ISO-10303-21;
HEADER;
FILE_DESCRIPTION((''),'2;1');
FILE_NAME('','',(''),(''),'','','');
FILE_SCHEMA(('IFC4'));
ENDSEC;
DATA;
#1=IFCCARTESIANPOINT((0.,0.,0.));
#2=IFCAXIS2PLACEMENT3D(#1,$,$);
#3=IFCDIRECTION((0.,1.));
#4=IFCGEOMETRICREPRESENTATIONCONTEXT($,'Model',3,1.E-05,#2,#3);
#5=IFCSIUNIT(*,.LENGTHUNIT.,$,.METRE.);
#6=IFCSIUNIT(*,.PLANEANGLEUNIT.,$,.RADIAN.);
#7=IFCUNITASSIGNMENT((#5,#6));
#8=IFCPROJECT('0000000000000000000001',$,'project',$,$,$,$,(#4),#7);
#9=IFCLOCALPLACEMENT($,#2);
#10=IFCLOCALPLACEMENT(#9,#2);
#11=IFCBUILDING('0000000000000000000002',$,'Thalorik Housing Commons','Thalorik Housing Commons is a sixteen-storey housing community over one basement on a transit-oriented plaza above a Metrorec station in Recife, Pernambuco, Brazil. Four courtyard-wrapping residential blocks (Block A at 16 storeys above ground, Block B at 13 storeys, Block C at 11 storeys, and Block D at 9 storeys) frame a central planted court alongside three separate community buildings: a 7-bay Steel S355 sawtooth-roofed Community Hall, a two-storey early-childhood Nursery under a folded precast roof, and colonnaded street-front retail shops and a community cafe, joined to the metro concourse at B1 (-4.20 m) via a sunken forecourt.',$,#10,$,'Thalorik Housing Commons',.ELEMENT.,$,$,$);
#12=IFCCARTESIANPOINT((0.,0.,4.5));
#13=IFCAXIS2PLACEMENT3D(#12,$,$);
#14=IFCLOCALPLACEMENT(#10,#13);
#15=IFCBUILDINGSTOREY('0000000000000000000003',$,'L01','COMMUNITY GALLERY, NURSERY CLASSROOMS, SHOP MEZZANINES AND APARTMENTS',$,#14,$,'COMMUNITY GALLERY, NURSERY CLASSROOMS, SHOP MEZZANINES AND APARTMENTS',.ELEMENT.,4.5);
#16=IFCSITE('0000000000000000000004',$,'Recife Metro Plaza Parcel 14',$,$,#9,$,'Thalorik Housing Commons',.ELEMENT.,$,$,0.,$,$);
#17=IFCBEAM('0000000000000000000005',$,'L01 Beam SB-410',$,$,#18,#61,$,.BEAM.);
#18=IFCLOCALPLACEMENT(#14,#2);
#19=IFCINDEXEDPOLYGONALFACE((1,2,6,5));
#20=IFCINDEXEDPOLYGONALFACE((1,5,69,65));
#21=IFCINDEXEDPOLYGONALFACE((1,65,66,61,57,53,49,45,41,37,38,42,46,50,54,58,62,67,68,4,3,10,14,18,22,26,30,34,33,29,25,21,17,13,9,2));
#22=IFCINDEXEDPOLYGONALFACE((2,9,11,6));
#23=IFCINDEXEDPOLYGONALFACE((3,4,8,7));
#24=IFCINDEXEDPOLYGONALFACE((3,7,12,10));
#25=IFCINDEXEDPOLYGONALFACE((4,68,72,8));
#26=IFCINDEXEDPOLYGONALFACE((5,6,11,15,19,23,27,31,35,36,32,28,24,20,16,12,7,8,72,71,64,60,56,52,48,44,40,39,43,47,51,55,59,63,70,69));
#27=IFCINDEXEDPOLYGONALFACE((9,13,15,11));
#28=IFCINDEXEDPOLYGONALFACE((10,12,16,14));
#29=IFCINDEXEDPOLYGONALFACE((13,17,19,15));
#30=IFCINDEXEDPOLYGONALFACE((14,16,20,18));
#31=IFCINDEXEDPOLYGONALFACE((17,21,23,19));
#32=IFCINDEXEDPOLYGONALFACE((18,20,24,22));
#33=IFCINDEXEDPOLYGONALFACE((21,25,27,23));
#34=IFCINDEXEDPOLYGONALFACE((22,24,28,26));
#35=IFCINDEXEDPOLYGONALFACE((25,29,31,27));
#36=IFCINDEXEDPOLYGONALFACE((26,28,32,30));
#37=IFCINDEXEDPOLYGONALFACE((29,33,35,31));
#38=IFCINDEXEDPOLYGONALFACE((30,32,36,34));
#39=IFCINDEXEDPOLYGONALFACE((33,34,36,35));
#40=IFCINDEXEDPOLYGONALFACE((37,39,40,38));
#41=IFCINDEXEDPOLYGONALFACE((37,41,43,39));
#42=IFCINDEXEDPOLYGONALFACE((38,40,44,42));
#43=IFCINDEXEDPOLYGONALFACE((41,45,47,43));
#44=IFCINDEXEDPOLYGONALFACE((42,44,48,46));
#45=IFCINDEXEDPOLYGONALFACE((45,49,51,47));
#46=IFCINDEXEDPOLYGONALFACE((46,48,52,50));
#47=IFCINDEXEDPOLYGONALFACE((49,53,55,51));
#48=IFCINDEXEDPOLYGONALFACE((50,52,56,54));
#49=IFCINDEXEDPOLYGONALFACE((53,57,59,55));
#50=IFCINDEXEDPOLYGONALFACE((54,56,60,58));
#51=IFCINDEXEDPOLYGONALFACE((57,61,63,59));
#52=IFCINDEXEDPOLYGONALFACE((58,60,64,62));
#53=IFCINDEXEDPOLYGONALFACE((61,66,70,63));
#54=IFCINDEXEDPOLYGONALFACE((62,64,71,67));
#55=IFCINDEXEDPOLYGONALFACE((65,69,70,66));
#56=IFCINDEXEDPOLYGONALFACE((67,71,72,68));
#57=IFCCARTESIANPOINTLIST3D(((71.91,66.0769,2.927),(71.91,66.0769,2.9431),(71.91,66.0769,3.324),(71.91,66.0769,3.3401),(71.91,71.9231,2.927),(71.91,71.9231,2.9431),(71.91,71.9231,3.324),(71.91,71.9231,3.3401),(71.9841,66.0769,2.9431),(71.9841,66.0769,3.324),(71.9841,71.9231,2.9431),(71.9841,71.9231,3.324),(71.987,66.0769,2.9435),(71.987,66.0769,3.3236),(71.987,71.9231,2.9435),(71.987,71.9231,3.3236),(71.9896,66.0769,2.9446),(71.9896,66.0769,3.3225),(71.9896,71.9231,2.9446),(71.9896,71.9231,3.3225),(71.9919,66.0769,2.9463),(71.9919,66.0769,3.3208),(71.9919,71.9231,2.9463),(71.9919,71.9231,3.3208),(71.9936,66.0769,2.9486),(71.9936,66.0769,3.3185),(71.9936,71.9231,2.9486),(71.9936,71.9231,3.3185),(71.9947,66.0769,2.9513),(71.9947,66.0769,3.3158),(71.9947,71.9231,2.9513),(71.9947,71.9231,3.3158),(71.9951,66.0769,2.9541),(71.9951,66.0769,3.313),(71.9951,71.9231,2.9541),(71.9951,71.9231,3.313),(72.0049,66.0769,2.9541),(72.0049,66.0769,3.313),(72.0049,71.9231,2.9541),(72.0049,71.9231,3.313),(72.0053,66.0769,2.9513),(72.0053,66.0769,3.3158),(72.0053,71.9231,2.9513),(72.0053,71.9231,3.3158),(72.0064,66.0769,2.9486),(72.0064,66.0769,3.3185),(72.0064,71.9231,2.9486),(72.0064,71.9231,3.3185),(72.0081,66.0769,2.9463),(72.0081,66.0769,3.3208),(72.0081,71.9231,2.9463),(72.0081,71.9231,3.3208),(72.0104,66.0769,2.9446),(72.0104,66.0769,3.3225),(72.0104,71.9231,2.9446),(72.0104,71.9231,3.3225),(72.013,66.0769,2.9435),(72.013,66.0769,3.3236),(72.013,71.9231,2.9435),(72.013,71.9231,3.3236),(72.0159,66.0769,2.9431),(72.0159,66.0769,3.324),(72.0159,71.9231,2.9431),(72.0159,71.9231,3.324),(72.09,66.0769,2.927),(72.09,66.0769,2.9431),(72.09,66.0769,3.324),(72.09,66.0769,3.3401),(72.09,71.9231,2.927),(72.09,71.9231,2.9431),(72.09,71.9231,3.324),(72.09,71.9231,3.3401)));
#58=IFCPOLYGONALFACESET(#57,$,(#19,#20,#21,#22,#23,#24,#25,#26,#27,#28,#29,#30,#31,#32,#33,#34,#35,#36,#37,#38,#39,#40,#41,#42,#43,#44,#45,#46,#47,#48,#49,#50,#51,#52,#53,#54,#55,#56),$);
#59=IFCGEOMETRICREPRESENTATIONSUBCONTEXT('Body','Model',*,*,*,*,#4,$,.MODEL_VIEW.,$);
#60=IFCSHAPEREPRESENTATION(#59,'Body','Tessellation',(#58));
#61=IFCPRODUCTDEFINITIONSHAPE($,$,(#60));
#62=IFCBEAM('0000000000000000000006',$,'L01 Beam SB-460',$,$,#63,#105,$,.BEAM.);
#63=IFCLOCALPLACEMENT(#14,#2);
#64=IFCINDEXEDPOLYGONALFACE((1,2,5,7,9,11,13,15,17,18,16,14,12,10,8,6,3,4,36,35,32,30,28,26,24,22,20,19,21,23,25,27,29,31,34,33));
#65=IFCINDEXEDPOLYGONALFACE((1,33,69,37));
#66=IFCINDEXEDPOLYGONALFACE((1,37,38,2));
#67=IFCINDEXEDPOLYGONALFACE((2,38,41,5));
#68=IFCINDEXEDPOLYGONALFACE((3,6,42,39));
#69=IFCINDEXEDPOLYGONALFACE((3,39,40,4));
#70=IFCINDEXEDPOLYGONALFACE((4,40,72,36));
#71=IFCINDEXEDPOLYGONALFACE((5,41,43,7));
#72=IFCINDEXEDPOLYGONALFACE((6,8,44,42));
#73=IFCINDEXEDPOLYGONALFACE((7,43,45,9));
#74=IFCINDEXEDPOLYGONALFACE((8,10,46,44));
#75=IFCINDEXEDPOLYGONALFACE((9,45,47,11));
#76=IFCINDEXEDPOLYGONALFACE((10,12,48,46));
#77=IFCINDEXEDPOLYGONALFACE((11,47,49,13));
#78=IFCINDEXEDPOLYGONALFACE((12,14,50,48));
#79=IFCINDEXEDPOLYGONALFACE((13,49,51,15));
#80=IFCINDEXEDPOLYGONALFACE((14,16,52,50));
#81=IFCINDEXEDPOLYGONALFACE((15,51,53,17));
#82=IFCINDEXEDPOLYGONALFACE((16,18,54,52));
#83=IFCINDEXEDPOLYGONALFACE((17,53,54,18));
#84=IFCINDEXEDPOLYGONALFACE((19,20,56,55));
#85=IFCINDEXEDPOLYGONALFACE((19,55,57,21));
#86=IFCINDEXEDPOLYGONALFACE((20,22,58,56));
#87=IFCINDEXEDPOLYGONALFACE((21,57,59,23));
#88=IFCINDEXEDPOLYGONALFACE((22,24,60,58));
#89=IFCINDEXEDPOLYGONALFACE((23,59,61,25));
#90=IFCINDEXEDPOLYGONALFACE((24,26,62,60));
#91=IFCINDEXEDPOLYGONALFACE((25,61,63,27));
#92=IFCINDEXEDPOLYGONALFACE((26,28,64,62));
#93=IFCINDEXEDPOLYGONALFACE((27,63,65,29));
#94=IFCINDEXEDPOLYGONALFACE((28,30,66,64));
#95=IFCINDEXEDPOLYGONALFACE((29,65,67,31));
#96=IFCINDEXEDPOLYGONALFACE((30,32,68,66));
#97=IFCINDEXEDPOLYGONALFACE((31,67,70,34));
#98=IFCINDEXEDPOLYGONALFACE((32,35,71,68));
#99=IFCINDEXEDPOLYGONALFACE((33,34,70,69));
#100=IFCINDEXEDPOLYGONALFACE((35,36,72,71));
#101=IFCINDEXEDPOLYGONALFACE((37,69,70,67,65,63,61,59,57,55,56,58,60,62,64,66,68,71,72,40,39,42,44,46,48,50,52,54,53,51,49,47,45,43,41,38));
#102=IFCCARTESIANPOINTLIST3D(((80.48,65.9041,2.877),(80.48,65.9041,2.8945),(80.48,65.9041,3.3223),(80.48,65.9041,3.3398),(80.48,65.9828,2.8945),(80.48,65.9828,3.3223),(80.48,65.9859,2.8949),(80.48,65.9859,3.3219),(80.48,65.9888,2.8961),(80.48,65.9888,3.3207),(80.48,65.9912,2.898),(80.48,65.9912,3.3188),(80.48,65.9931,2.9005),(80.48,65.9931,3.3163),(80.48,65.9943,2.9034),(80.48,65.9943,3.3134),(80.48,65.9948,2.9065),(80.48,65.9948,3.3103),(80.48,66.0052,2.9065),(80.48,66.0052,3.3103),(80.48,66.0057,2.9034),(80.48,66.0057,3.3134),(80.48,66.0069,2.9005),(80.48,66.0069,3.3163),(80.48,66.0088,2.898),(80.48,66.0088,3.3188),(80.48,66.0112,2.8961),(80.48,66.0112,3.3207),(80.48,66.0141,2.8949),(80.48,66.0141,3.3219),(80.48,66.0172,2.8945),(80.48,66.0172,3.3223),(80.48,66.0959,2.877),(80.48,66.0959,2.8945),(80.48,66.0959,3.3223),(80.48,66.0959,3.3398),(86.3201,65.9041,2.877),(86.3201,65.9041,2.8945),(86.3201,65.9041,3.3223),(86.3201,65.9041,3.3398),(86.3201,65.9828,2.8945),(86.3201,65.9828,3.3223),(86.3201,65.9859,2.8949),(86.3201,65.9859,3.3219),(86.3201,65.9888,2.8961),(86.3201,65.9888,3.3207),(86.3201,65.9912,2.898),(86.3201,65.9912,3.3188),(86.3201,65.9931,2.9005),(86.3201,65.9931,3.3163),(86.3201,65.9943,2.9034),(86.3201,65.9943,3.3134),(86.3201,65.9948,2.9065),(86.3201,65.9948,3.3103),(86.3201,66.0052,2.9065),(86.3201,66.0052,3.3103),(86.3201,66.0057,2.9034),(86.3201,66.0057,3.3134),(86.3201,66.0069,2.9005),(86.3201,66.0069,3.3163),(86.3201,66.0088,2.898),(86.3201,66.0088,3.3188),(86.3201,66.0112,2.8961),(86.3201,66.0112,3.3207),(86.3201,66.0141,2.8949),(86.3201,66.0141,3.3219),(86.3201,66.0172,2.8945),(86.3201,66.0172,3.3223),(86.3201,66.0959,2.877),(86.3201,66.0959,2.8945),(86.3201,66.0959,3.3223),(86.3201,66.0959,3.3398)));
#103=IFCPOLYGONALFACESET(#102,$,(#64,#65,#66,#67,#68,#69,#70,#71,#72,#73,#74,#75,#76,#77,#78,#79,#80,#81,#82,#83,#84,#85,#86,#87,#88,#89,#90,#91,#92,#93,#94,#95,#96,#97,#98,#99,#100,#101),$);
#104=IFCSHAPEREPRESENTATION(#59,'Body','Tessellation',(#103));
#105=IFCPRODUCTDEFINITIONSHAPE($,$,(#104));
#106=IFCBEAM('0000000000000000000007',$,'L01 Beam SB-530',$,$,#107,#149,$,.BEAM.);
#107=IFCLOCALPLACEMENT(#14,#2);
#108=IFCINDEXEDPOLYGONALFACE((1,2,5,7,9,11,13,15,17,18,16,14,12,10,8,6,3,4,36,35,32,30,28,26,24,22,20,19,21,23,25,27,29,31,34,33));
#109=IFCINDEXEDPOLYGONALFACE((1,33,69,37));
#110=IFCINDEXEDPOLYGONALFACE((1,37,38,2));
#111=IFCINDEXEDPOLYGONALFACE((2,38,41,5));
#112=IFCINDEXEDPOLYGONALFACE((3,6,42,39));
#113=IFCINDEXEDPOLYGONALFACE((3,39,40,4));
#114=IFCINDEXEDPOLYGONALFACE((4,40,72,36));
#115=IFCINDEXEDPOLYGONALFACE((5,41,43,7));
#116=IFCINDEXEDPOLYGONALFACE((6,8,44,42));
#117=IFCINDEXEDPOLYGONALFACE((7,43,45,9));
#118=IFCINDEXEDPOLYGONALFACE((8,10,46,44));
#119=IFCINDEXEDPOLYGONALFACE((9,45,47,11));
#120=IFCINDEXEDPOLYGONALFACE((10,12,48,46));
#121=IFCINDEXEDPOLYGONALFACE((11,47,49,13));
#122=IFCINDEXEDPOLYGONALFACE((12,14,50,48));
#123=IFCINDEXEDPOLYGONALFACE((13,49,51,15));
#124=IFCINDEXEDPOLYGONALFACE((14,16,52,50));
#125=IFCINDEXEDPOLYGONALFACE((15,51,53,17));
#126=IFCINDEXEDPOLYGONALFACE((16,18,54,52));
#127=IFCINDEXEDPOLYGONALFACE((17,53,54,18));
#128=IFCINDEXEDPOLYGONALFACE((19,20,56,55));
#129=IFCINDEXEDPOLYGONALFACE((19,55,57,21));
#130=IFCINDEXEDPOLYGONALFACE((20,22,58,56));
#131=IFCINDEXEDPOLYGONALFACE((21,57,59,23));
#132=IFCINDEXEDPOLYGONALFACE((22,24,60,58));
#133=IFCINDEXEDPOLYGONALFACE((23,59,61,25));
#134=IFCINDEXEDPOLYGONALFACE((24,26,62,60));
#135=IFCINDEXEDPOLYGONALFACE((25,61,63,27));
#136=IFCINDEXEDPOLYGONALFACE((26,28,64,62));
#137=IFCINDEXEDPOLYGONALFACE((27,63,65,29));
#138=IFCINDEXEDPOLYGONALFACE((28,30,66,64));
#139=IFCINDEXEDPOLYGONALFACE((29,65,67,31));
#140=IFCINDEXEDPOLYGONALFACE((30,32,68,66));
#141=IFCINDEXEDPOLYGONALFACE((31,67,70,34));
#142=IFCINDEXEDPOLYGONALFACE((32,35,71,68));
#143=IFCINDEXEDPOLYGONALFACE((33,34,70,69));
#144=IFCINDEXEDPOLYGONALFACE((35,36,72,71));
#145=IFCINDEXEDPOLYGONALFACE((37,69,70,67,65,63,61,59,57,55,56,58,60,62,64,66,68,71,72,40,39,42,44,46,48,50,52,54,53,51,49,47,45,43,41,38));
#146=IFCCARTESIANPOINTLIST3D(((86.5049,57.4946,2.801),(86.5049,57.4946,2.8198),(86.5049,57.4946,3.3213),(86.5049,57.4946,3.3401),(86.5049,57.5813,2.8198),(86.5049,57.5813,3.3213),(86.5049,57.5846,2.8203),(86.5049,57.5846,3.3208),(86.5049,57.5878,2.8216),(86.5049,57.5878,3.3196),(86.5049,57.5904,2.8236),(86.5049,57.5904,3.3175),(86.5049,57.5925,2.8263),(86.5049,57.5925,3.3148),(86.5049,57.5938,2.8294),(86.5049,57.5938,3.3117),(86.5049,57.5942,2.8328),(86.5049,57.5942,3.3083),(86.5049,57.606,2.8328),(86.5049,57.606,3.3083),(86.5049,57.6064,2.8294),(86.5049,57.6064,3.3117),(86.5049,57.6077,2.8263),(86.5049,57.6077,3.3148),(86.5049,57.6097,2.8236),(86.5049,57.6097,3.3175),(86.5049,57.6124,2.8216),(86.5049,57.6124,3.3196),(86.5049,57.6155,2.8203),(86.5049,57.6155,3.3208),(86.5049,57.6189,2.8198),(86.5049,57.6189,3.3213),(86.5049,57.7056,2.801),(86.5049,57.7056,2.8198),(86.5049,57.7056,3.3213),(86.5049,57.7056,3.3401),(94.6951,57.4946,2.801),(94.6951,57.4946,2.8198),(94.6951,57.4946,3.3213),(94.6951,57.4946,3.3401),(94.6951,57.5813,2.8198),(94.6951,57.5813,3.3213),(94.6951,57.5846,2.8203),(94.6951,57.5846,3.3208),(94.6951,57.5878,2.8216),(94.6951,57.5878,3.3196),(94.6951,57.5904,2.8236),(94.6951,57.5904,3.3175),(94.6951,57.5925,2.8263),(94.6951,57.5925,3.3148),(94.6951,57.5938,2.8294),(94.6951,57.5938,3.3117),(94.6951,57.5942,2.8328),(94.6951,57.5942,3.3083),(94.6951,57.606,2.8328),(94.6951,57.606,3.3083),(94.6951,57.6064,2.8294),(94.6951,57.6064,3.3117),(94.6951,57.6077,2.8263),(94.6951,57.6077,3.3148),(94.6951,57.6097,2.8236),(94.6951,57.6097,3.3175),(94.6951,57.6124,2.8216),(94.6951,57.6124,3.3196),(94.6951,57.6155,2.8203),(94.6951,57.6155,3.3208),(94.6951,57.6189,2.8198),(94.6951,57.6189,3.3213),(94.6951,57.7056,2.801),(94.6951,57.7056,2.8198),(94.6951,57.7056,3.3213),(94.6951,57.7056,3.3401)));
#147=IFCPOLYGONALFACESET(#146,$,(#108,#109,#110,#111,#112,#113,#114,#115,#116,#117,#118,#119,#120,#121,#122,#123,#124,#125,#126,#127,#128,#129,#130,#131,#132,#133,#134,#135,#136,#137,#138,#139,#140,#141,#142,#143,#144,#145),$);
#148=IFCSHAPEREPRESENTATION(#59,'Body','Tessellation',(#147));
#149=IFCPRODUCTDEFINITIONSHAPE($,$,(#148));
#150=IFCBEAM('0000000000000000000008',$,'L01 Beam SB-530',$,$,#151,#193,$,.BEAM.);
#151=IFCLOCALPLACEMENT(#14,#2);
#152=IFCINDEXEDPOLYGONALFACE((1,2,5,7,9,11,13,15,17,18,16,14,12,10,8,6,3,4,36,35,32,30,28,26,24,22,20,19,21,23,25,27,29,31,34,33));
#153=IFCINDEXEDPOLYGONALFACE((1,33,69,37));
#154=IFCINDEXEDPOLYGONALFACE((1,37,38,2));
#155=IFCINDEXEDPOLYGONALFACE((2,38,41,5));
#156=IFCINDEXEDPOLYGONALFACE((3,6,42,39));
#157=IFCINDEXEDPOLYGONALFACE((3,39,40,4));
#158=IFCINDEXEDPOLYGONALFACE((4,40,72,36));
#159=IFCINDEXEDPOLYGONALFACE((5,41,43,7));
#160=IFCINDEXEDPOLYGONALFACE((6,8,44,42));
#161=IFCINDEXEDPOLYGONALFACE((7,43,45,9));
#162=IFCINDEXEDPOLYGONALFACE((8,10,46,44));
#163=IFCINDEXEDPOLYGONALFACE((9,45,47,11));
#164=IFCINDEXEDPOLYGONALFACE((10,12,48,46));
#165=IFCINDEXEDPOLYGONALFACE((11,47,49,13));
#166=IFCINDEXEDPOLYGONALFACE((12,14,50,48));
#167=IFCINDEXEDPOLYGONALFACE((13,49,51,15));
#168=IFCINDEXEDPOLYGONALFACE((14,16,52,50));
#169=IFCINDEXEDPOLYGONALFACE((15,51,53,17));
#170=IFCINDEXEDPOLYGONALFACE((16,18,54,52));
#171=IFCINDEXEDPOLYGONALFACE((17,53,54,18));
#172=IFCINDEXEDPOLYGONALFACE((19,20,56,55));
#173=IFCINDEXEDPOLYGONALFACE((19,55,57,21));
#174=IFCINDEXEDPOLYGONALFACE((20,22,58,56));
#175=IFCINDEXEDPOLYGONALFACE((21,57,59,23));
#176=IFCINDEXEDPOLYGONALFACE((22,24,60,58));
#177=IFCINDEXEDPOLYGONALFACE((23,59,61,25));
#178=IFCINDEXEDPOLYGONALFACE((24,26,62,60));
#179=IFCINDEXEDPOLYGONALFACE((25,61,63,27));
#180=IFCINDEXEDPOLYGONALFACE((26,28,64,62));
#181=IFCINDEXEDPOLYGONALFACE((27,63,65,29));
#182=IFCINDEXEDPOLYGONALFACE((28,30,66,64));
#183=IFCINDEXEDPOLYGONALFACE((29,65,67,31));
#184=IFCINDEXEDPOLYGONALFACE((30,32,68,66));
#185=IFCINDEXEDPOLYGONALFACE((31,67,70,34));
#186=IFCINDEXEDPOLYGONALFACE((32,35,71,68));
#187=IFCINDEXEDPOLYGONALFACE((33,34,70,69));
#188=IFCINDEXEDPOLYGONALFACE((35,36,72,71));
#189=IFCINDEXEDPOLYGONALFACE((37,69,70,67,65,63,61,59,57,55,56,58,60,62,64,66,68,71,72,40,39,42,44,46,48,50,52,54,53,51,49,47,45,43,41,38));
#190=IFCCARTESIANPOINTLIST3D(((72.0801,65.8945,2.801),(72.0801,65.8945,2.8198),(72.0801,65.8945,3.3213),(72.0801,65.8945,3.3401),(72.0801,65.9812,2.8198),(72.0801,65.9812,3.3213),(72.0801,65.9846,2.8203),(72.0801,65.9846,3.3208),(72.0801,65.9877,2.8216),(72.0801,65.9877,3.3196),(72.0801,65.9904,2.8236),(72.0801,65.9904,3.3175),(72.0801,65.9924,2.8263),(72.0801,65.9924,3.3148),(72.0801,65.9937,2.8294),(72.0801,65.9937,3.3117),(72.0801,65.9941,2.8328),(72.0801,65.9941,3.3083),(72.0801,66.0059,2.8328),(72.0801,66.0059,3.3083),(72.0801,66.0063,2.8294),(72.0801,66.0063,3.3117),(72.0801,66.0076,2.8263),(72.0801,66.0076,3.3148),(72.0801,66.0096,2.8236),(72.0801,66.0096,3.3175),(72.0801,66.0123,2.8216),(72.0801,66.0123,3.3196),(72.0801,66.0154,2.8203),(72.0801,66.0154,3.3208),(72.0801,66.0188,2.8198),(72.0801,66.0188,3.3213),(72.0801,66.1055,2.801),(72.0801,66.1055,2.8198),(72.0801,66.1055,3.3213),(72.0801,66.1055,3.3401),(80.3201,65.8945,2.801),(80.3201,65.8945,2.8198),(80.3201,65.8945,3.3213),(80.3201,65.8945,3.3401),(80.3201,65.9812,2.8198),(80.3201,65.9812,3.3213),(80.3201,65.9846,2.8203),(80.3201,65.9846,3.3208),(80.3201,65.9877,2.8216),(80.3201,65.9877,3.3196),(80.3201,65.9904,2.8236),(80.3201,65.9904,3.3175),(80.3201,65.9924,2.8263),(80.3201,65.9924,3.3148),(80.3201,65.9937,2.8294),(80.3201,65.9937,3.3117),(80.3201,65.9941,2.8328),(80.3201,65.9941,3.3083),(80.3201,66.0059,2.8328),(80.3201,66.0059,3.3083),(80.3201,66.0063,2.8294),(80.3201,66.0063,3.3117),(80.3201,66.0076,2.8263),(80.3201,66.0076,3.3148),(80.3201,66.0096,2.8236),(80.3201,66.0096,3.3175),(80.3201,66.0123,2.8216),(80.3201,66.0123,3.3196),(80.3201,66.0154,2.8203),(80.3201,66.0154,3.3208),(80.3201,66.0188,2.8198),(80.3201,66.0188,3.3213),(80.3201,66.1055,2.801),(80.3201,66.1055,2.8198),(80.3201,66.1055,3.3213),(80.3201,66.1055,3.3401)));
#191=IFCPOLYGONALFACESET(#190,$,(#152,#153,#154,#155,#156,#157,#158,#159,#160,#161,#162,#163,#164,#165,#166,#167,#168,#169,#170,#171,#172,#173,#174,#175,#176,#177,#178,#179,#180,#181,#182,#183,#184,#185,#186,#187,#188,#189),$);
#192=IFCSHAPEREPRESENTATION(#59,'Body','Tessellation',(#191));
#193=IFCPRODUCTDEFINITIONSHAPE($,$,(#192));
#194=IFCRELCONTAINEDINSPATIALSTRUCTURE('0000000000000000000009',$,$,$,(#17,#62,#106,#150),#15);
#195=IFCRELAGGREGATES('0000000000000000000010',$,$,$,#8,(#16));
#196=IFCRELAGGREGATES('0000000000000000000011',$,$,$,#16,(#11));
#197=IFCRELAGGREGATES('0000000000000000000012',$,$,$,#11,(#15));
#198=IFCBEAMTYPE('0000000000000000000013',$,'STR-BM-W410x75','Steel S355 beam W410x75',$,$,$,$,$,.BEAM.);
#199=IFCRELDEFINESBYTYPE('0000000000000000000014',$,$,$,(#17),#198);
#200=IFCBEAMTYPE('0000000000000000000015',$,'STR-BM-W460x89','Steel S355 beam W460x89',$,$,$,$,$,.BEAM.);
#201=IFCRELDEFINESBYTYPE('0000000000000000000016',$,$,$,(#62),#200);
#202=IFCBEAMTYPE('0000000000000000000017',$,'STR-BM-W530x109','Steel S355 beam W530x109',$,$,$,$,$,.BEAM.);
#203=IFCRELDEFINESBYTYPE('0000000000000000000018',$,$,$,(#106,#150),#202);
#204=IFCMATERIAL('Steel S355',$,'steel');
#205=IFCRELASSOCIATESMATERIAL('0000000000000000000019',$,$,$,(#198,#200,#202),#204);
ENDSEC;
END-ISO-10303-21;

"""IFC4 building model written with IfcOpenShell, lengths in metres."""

from ifc_helpers import new_model, si_unit, direction, frame, origin, origin_2d, place, context, subcontext, project, spatial, i_section, extrude, material, material_profile, profile_set, type_object, element, save


model = new_model("IFC4")

# Units and contexts
model_context = context("Model", 3, precision=1e-05, world=origin(), true_north=direction((0.0, 1.0)))
body_context = subcontext(model_context, "Body", "Model", "MODEL_VIEW")
ifc_project = project(units=[si_unit("LENGTHUNIT", "METRE"), si_unit("PLANEANGLEUNIT", "RADIAN")], contexts=[model_context])

# Site, building, storey
site_placement = place(None, origin())
site = spatial("IfcSite", under=ifc_project, at=site_placement, Name="Recife Metro Plaza Parcel 14", LongName="Thalorik Housing Commons", CompositionType="ELEMENT", RefElevation=0.0)
building_placement = place(site_placement, origin())
building = spatial("IfcBuilding", under=site, at=building_placement, Name="Thalorik Housing Commons", Description="Thalorik Housing Commons is a sixteen-storey housing community over one basement on a transit-oriented plaza above a Metrorec station in Recife, Pernambuco, Brazil. Four courtyard-wrapping residential blocks (Block A at 16 storeys above ground, Block B at 13 storeys, Block C at 11 storeys, and Block D at 9 storeys) frame a central planted court alongside three separate community buildings: a 7-bay Steel S355 sawtooth-roofed Community Hall, a two-storey early-childhood Nursery under a folded precast roof, and colonnaded street-front retail shops and a community cafe, joined to the metro concourse at B1 (-4.20 m) via a sunken forecourt.", LongName="Thalorik Housing Commons", CompositionType="ELEMENT")
storey_placement = place(building_placement, frame((0.0, 0.0, 4.5)))
storey = spatial("IfcBuildingStorey", under=building, at=storey_placement, Name="L01", Description="COMMUNITY GALLERY, NURSERY CLASSROOMS, SHOP MEZZANINES AND APARTMENTS", LongName="COMMUNITY GALLERY, NURSERY CLASSROOMS, SHOP MEZZANINES AND APARTMENTS", CompositionType="ELEMENT", Elevation=4.5)

# Shared definitions
ifc_material_1 = material(Name="Steel S355", Category="steel")

# Beams
ifc_material_profile_1 = material_profile(ifc_material_1, i_section(OverallWidth=0.1799, OverallDepth=0.4131, WebThickness=0.0098, FlangeThickness=0.0161, FilletRadius=0.011, at=origin_2d()), Name="W410x75", Category="steel")
ifc_profile_set_1 = profile_set([ifc_material_profile_1], Name="Steel S355")
beam_type_1 = type_object("IfcBeamType", Name="STR-BM-W410x75", Description="Steel S355 beam W410x75", PredefinedType="BEAM", material=ifc_profile_set_1)
beam_1_placement = place(storey_placement, frame((72.0, 66.0769, 3.1335), z_axis=(0.0, 1.0, 0.0), x_axis=(-1.0, 0.0, 0.0)))
element("IfcBeam", 1, at=beam_1_placement, inside=storey, type_object=beam_type_1, Name="L01 Beam SB-410", PredefinedType="BEAM", context=body_context, shape_type="SweptSolid", body=[
    extrude(i_section(OverallWidth=0.1799, OverallDepth=0.4131, WebThickness=0.0098, FlangeThickness=0.0161, FilletRadius=0.011, at=origin_2d()), origin(), (0.0, 0.0, 1.0), 5.8462),
])
ifc_material_profile_2 = material_profile(ifc_material_1, i_section(OverallWidth=0.1919, OverallDepth=0.4629, WebThickness=0.0105, FlangeThickness=0.0176, FilletRadius=0.012, at=origin_2d()), Name="W460x89", Category="steel")
ifc_profile_set_2 = profile_set([ifc_material_profile_2], Name="Steel S355")
beam_type_2 = type_object("IfcBeamType", Name="STR-BM-W460x89", Description="Steel S355 beam W460x89", PredefinedType="BEAM", material=ifc_profile_set_2)
beam_2_placement = place(storey_placement, frame((80.48, 66.0, 3.1084), z_axis=(1.0, 0.0, 0.0), x_axis=(0.0, 1.0, 0.0)))
element("IfcBeam", 2, at=beam_2_placement, inside=storey, type_object=beam_type_2, Name="L01 Beam SB-460", PredefinedType="BEAM", context=body_context, shape_type="SweptSolid", body=[
    extrude(i_section(OverallWidth=0.1919, OverallDepth=0.4629, WebThickness=0.0105, FlangeThickness=0.0176, FilletRadius=0.012, at=origin_2d()), origin(), (0.0, 0.0, 1.0), 5.8401),
])
ifc_material_profile_3 = material_profile(ifc_material_1, i_section(OverallWidth=0.2109, OverallDepth=0.5391, WebThickness=0.0117, FlangeThickness=0.0188, FilletRadius=0.0129, at=origin_2d()), Name="W530x109", Category="steel")
ifc_profile_set_3 = profile_set([ifc_material_profile_3], Name="Steel S355")
beam_type_3 = type_object("IfcBeamType", Name="STR-BM-W530x109", Description="Steel S355 beam W530x109", PredefinedType="BEAM", material=ifc_profile_set_3)
beam_3_placement = place(storey_placement, frame((86.5049, 57.6001, 3.0706), z_axis=(1.0, 0.0, 0.0), x_axis=(0.0, 1.0, 0.0)))
element("IfcBeam", 3, at=beam_3_placement, inside=storey, type_object=beam_type_3, Name="L01 Beam SB-530", PredefinedType="BEAM", context=body_context, shape_type="SweptSolid", body=[
    extrude(i_section(OverallWidth=0.2109, OverallDepth=0.5391, WebThickness=0.0117, FlangeThickness=0.0188, FilletRadius=0.0129, at=origin_2d()), origin(), (0.0, 0.0, 1.0), 8.1902),
])
for number, where, z_axis, x_axis, name in (
    (4, (72.0801, 66.0, 3.0706), (1.0, 0.0, 0.0), (0.0, 1.0, 0.0), "L01 Beam SB-530"),
):
    element("IfcBeam", number, at=place(storey_placement, frame(where, z_axis=z_axis, x_axis=x_axis)), inside=storey, type_object=beam_type_3, Name=name, PredefinedType="BEAM", context=body_context, shape_type="SweptSolid", body=[
        extrude(i_section(OverallWidth=0.2109, OverallDepth=0.5391, WebThickness=0.0117, FlangeThickness=0.0188, FilletRadius=0.0129, at=origin_2d()), origin(), (0.0, 0.0, 1.0), 8.24),
    ])

save(model, "model.ifc")
